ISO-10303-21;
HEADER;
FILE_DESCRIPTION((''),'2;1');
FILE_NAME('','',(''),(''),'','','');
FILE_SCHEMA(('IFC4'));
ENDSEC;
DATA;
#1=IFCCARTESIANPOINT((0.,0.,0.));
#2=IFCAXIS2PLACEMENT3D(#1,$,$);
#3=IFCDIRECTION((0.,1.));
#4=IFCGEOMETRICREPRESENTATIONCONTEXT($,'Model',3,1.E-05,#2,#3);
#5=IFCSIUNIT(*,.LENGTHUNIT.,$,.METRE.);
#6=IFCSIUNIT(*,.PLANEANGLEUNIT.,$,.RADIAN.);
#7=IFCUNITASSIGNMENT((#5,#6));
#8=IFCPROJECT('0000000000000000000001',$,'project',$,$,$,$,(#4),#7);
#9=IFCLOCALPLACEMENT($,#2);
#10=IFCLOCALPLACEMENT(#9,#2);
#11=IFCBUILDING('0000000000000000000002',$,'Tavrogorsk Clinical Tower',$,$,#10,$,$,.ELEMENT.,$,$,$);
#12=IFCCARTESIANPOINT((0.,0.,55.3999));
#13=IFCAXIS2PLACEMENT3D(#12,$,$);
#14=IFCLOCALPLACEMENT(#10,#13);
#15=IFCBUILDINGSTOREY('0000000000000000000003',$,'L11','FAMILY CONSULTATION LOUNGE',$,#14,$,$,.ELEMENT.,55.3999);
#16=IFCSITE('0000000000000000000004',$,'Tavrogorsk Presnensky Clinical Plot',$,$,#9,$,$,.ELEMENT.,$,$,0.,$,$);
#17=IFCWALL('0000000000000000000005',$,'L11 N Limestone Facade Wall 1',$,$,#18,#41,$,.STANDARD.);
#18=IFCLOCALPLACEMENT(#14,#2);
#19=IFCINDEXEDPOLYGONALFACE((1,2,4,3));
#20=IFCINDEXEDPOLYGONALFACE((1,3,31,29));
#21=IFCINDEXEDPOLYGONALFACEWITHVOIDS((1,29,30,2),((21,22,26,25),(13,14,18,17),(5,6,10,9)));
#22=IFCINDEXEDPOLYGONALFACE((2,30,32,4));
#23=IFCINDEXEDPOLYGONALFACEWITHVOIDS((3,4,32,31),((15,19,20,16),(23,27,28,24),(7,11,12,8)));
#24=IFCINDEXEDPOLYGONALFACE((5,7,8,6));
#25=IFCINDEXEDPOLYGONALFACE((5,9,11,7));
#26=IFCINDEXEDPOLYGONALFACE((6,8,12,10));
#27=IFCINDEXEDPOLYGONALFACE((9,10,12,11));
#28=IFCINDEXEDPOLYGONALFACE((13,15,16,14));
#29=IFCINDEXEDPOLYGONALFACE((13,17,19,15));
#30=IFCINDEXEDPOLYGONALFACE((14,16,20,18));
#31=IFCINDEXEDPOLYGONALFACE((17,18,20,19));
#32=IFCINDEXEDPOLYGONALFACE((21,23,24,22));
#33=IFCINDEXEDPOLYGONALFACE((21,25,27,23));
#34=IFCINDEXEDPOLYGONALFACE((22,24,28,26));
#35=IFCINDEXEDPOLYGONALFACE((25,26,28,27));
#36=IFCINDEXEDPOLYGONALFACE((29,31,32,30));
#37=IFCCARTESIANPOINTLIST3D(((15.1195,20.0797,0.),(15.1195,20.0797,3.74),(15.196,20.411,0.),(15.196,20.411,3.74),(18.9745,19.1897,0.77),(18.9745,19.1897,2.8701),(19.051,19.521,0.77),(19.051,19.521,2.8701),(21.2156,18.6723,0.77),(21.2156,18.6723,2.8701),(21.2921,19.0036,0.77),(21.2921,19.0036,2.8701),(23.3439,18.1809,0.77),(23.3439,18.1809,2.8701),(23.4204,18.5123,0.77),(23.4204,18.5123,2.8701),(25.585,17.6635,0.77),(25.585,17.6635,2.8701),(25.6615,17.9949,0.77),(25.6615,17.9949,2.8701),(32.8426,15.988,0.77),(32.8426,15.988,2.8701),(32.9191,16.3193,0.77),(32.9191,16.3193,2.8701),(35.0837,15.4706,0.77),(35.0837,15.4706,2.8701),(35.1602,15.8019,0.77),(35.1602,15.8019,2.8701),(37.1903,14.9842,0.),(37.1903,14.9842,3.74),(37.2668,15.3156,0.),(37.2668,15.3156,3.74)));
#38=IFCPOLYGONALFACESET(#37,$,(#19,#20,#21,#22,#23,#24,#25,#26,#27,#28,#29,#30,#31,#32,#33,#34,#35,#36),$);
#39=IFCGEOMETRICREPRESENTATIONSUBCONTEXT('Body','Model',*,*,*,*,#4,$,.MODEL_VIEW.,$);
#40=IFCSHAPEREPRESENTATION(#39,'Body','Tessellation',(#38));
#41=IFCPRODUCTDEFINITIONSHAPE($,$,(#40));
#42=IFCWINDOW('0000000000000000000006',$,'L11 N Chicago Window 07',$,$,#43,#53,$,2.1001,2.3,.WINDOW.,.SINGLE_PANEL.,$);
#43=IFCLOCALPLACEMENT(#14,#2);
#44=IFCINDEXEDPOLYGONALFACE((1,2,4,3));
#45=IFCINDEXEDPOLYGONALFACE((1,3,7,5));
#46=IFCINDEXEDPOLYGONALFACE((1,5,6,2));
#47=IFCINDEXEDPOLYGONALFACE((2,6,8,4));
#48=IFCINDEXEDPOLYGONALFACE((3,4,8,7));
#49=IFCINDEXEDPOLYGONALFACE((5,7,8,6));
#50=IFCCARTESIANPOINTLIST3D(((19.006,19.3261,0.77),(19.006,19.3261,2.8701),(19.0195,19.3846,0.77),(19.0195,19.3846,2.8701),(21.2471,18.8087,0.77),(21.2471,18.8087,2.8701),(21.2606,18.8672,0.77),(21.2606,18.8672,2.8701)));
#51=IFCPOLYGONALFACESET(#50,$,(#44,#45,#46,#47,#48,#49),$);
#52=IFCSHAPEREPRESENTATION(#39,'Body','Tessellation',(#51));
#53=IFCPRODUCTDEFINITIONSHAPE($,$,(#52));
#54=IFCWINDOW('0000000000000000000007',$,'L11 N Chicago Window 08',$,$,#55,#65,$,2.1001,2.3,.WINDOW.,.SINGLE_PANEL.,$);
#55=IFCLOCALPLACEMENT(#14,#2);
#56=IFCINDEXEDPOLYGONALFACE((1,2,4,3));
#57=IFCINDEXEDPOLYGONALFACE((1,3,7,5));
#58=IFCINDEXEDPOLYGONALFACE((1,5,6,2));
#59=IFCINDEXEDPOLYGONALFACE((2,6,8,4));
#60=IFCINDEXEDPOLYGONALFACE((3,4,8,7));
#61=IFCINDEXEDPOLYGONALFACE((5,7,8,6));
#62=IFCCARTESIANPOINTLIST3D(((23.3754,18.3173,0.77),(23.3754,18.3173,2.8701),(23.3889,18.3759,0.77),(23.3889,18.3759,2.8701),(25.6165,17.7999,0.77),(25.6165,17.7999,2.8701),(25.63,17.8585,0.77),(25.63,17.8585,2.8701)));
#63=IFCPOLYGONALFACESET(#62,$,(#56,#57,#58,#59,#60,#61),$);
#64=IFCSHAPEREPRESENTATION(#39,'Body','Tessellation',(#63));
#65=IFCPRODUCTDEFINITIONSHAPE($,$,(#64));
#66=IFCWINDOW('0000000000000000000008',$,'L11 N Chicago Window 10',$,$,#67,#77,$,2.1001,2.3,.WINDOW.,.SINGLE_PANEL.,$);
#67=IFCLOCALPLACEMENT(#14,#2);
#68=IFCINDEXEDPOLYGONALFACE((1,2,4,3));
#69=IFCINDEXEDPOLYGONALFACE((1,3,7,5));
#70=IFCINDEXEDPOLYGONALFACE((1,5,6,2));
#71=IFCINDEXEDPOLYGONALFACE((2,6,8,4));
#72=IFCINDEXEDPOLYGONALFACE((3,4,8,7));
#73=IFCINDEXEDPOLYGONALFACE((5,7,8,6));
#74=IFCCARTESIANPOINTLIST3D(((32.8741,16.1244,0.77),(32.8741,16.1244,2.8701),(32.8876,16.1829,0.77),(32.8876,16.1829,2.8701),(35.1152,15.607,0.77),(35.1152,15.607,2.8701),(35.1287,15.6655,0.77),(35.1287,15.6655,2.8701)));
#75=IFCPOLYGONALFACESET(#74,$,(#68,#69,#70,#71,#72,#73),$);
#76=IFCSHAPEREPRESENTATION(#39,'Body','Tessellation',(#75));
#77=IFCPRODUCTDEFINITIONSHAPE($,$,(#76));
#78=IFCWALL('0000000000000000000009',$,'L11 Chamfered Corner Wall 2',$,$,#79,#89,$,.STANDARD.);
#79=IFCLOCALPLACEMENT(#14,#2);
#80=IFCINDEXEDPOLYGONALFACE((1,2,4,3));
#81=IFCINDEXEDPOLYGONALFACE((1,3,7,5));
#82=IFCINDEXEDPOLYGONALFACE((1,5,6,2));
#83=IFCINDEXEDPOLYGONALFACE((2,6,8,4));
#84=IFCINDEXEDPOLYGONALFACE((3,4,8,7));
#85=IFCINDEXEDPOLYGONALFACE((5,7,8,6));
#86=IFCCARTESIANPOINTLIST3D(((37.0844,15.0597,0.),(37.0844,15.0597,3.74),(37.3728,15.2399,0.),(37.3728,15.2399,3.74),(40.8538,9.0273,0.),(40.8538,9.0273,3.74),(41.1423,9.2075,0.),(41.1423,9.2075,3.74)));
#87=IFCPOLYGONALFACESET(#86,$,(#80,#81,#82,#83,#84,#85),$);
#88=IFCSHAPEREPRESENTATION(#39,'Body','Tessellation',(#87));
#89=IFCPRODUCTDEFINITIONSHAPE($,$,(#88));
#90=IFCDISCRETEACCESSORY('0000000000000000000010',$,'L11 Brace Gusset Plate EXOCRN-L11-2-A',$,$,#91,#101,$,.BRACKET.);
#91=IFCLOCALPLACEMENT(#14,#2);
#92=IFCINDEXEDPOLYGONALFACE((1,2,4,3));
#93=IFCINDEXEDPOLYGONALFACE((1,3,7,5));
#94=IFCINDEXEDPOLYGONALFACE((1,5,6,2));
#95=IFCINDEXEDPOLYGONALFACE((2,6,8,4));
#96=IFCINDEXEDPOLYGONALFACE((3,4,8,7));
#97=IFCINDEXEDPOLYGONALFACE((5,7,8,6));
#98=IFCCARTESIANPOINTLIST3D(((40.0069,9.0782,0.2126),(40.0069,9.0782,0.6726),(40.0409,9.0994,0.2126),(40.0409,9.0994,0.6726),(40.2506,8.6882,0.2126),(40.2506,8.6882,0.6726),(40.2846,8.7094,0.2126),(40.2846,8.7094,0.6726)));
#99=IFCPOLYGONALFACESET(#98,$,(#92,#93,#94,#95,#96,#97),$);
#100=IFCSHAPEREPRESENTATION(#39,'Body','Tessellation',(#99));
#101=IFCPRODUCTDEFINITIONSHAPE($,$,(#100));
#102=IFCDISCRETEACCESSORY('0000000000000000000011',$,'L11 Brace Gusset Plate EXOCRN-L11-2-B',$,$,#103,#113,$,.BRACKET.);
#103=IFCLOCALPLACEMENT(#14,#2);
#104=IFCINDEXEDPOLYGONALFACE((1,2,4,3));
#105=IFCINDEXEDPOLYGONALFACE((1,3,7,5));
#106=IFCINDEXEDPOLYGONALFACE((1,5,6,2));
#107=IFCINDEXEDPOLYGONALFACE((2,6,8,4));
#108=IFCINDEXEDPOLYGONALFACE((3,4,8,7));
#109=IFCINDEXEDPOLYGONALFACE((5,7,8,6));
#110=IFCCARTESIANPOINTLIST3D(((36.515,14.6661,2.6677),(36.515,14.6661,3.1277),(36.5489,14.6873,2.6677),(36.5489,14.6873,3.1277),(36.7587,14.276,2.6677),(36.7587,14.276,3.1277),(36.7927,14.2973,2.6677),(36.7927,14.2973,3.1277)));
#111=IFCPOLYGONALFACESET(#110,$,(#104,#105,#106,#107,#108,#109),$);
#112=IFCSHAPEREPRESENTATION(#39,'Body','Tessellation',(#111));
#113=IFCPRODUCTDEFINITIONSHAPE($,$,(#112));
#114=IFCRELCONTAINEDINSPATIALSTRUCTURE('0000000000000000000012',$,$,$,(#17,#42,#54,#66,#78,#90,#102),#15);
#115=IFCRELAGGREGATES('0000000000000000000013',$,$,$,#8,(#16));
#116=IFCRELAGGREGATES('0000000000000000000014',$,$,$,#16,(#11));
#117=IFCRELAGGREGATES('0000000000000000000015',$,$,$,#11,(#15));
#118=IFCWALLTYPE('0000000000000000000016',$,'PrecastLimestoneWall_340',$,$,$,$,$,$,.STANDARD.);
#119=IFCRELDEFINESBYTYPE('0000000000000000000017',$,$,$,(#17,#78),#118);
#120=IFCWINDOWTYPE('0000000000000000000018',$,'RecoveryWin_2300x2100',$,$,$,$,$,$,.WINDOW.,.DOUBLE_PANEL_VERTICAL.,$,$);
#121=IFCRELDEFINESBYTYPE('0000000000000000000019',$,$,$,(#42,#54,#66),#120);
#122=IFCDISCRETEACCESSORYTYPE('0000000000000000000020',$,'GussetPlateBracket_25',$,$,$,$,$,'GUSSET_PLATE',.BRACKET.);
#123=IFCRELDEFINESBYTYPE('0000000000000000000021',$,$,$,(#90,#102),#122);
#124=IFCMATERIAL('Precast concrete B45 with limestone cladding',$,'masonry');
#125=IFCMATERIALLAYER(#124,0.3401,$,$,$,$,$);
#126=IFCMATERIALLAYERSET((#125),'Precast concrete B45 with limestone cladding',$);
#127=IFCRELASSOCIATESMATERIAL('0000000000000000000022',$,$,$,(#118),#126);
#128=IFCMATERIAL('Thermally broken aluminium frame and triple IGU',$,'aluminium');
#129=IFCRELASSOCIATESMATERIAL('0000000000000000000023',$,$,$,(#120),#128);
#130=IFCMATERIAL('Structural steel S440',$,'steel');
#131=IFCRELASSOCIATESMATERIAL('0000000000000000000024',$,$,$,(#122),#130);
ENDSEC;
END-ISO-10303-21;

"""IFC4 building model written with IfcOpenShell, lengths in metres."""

from ifc_helpers import new_model, si_unit, direction, frame, frame_2d, origin, origin_2d, place, context, subcontext, project, spatial, rectangle, extrude, material, layer, layer_set, type_object, element, fill, save


model = new_model("IFC4")

# Units and contexts
model_context = context("Model", 3, precision=1e-05, world=origin(), true_north=direction((0.0, 1.0)))
body_context = subcontext(model_context, "Body", "Model", "MODEL_VIEW")
ifc_project = project(units=[si_unit("LENGTHUNIT", "METRE"), si_unit("PLANEANGLEUNIT", "RADIAN")], contexts=[model_context])

# Site, building, storey
site_placement = place(None, origin())
site = spatial("IfcSite", under=ifc_project, at=site_placement, Name="Tavrogorsk Presnensky Clinical Plot", CompositionType="ELEMENT", RefElevation=0.0)
building_placement = place(site_placement, origin())
building = spatial("IfcBuilding", under=site, at=building_placement, Name="Tavrogorsk Clinical Tower", CompositionType="ELEMENT")
storey_placement = place(building_placement, frame((0.0, 0.0, 55.3999)))
storey = spatial("IfcBuildingStorey", under=building, at=storey_placement, Name="L11", Description="FAMILY CONSULTATION LOUNGE", CompositionType="ELEMENT", Elevation=55.3999)

# Wall, openings, windows
ifc_material_1 = material(Name="Precast concrete B45 with limestone cladding", Category="masonry")
ifc_layer_1 = layer(ifc_material_1, 0.3401)
ifc_layer_set_1 = layer_set([ifc_layer_1], Name="Precast concrete B45 with limestone cladding")
wall_type_1 = type_object("IfcWallType", Name="PrecastLimestoneWall_340", PredefinedType="STANDARD", material=ifc_layer_set_1)
wall_1_placement = place(storey_placement, frame((37.2285, 15.1499, 0.0), z_axis=(0.0, 0.0, 1.0), x_axis=(-0.97437, 0.224952, 0.0)))
wall_1 = element("IfcWall", 1, at=wall_1_placement, inside=storey, type_object=wall_type_1, Name="L11 N Limestone Facade Wall 1", PredefinedType="STANDARD", context=body_context, shape_type="SweptSolid", body=[
    extrude(rectangle(XDim=22.6514, YDim=0.3401, at=frame_2d((11.3257, 0.0))), origin(), (0.0, 0.0, 1.0), 3.74),
])
opening_1_placement = place(wall_1_placement, frame((16.395, 0.0, 0.77)))
opening_1 = element("IfcOpeningElement", 2, at=opening_1_placement, cuts=wall_1, PredefinedType="OPENING", context=body_context, shape_type="SweptSolid", body=[
    extrude(rectangle(XDim=2.3, YDim=2.1001, at=frame_2d((1.1499, 1.05))), frame((0.0, 0.1799, 0.0), z_axis=(0.0, -1.0, 0.0), x_axis=(1.0, 0.0, 0.0)), (0.0, 0.0, 1.0), 0.3601),
])
opening_2_placement = place(wall_1_placement, frame((11.9106, 0.0, 0.77)))
opening_2 = element("IfcOpeningElement", 3, at=opening_2_placement, cuts=wall_1, PredefinedType="OPENING", context=body_context, shape_type="SweptSolid", body=[
    extrude(rectangle(XDim=2.3, YDim=2.1001, at=frame_2d((1.1499, 1.05))), frame((0.0, 0.1799, 0.0), z_axis=(0.0, -1.0, 0.0), x_axis=(1.0, 0.0, 0.0)), (0.0, 0.0, 1.0), 0.3601),
])
opening_3_placement = place(wall_1_placement, frame((2.1621, 0.0, 0.77)))
opening_3 = element("IfcOpeningElement", 4, at=opening_3_placement, cuts=wall_1, PredefinedType="OPENING", context=body_context, shape_type="SweptSolid", body=[
    extrude(rectangle(XDim=2.3, YDim=2.1001, at=frame_2d((1.1499, 1.05))), frame((0.0, 0.1799, 0.0), z_axis=(0.0, -1.0, 0.0), x_axis=(1.0, 0.0, 0.0)), (0.0, 0.0, 1.0), 0.3601),
])
ifc_material_2 = material(Name="Thermally broken aluminium frame and triple IGU", Category="aluminium")
window_type = type_object("IfcWindowType", Name="RecoveryWin_2300x2100", PartitioningType="DOUBLE_PANEL_VERTICAL", PredefinedType="WINDOW", material=ifc_material_2)
window_1_placement = place(opening_1_placement, origin())
window_1 = element("IfcWindow", 5, at=window_1_placement, inside=storey, type_object=window_type, Name="L11 N Chicago Window 07", OverallHeight=2.1001, OverallWidth=2.3, PartitioningType="SINGLE_PANEL", PredefinedType="WINDOW", context=body_context, shape_type="SweptSolid", body=[
    extrude(rectangle(XDim=2.3, YDim=2.1001, at=frame_2d((1.1499, 1.05))), frame((0.0, 0.03, 0.0), z_axis=(0.0, -1.0, 0.0), x_axis=(1.0, 0.0, 0.0)), (0.0, 0.0, 1.0), 0.0601),
])
fill(opening_1, window_1)
window_2_placement = place(opening_2_placement, origin())
window_2 = element("IfcWindow", 6, at=window_2_placement, inside=storey, type_object=window_type, Name="L11 N Chicago Window 08", OverallHeight=2.1001, OverallWidth=2.3, PartitioningType="SINGLE_PANEL", PredefinedType="WINDOW", context=body_context, shape_type="SweptSolid", body=[
    extrude(rectangle(XDim=2.3, YDim=2.1001, at=frame_2d((1.1499, 1.05))), frame((0.0, 0.03, 0.0), z_axis=(0.0, -1.0, 0.0), x_axis=(1.0, 0.0, 0.0)), (0.0, 0.0, 1.0), 0.0601),
])
fill(opening_2, window_2)
window_3_placement = place(opening_3_placement, origin())
window_3 = element("IfcWindow", 7, at=window_3_placement, inside=storey, type_object=window_type, Name="L11 N Chicago Window 10", OverallHeight=2.1001, OverallWidth=2.3, PartitioningType="SINGLE_PANEL", PredefinedType="WINDOW", context=body_context, shape_type="SweptSolid", body=[
    extrude(rectangle(XDim=2.3, YDim=2.1001, at=frame_2d((1.1499, 1.05))), frame((0.0, 0.03, 0.0), z_axis=(0.0, -1.0, 0.0), x_axis=(1.0, 0.0, 0.0)), (0.0, 0.0, 1.0), 0.0601),
])
fill(opening_3, window_3)

# Wall
wall_2_placement = place(storey_placement, frame((40.998, 9.1174, 0.0), z_axis=(0.0, 0.0, 1.0), x_axis=(-0.529922, 0.848047, 0.0)))
element("IfcWall", 8, at=wall_2_placement, inside=storey, type_object=wall_type_1, Name="L11 Chamfered Corner Wall 2", PredefinedType="STANDARD", context=body_context, shape_type="SweptSolid", body=[
    extrude(rectangle(XDim=7.1133, YDim=0.3401, at=frame_2d((3.5566, 0.0))), origin(), (0.0, 0.0, 1.0), 3.74),
])

# Discrete accessories
ifc_material_3 = material(Name="Structural steel S440", Category="steel")
discrete_accessory_type = type_object("IfcDiscreteAccessoryType", Name="GussetPlateBracket_25", ElementType="GUSSET_PLATE", PredefinedType="BRACKET", material=ifc_material_3)
for number, where, z_axis, x_axis, name in (
    (9, (40.1458, 8.8938, 0.2126), (0.0, 0.0, 1.0), (-0.529919, 0.848048, 0.0), "L11 Brace Gusset Plate EXOCRN-L11-2-A"),
    (10, (36.6538, 14.4817, 2.6677), (0.0, 0.0, 1.0), (-0.529919, 0.848048, 0.0), "L11 Brace Gusset Plate EXOCRN-L11-2-B"),
):
    element("IfcDiscreteAccessory", number, at=place(storey_placement, frame(where, z_axis=z_axis, x_axis=x_axis)), inside=storey, type_object=discrete_accessory_type, Name=name, PredefinedType="BRACKET", context=body_context, shape_type="SweptSolid", body=[
        extrude(rectangle(XDim=0.46, YDim=0.04, at=origin_2d()), origin(), (0.0, 0.0, 1.0), 0.46),
    ])

save(model, "model.ifc")
